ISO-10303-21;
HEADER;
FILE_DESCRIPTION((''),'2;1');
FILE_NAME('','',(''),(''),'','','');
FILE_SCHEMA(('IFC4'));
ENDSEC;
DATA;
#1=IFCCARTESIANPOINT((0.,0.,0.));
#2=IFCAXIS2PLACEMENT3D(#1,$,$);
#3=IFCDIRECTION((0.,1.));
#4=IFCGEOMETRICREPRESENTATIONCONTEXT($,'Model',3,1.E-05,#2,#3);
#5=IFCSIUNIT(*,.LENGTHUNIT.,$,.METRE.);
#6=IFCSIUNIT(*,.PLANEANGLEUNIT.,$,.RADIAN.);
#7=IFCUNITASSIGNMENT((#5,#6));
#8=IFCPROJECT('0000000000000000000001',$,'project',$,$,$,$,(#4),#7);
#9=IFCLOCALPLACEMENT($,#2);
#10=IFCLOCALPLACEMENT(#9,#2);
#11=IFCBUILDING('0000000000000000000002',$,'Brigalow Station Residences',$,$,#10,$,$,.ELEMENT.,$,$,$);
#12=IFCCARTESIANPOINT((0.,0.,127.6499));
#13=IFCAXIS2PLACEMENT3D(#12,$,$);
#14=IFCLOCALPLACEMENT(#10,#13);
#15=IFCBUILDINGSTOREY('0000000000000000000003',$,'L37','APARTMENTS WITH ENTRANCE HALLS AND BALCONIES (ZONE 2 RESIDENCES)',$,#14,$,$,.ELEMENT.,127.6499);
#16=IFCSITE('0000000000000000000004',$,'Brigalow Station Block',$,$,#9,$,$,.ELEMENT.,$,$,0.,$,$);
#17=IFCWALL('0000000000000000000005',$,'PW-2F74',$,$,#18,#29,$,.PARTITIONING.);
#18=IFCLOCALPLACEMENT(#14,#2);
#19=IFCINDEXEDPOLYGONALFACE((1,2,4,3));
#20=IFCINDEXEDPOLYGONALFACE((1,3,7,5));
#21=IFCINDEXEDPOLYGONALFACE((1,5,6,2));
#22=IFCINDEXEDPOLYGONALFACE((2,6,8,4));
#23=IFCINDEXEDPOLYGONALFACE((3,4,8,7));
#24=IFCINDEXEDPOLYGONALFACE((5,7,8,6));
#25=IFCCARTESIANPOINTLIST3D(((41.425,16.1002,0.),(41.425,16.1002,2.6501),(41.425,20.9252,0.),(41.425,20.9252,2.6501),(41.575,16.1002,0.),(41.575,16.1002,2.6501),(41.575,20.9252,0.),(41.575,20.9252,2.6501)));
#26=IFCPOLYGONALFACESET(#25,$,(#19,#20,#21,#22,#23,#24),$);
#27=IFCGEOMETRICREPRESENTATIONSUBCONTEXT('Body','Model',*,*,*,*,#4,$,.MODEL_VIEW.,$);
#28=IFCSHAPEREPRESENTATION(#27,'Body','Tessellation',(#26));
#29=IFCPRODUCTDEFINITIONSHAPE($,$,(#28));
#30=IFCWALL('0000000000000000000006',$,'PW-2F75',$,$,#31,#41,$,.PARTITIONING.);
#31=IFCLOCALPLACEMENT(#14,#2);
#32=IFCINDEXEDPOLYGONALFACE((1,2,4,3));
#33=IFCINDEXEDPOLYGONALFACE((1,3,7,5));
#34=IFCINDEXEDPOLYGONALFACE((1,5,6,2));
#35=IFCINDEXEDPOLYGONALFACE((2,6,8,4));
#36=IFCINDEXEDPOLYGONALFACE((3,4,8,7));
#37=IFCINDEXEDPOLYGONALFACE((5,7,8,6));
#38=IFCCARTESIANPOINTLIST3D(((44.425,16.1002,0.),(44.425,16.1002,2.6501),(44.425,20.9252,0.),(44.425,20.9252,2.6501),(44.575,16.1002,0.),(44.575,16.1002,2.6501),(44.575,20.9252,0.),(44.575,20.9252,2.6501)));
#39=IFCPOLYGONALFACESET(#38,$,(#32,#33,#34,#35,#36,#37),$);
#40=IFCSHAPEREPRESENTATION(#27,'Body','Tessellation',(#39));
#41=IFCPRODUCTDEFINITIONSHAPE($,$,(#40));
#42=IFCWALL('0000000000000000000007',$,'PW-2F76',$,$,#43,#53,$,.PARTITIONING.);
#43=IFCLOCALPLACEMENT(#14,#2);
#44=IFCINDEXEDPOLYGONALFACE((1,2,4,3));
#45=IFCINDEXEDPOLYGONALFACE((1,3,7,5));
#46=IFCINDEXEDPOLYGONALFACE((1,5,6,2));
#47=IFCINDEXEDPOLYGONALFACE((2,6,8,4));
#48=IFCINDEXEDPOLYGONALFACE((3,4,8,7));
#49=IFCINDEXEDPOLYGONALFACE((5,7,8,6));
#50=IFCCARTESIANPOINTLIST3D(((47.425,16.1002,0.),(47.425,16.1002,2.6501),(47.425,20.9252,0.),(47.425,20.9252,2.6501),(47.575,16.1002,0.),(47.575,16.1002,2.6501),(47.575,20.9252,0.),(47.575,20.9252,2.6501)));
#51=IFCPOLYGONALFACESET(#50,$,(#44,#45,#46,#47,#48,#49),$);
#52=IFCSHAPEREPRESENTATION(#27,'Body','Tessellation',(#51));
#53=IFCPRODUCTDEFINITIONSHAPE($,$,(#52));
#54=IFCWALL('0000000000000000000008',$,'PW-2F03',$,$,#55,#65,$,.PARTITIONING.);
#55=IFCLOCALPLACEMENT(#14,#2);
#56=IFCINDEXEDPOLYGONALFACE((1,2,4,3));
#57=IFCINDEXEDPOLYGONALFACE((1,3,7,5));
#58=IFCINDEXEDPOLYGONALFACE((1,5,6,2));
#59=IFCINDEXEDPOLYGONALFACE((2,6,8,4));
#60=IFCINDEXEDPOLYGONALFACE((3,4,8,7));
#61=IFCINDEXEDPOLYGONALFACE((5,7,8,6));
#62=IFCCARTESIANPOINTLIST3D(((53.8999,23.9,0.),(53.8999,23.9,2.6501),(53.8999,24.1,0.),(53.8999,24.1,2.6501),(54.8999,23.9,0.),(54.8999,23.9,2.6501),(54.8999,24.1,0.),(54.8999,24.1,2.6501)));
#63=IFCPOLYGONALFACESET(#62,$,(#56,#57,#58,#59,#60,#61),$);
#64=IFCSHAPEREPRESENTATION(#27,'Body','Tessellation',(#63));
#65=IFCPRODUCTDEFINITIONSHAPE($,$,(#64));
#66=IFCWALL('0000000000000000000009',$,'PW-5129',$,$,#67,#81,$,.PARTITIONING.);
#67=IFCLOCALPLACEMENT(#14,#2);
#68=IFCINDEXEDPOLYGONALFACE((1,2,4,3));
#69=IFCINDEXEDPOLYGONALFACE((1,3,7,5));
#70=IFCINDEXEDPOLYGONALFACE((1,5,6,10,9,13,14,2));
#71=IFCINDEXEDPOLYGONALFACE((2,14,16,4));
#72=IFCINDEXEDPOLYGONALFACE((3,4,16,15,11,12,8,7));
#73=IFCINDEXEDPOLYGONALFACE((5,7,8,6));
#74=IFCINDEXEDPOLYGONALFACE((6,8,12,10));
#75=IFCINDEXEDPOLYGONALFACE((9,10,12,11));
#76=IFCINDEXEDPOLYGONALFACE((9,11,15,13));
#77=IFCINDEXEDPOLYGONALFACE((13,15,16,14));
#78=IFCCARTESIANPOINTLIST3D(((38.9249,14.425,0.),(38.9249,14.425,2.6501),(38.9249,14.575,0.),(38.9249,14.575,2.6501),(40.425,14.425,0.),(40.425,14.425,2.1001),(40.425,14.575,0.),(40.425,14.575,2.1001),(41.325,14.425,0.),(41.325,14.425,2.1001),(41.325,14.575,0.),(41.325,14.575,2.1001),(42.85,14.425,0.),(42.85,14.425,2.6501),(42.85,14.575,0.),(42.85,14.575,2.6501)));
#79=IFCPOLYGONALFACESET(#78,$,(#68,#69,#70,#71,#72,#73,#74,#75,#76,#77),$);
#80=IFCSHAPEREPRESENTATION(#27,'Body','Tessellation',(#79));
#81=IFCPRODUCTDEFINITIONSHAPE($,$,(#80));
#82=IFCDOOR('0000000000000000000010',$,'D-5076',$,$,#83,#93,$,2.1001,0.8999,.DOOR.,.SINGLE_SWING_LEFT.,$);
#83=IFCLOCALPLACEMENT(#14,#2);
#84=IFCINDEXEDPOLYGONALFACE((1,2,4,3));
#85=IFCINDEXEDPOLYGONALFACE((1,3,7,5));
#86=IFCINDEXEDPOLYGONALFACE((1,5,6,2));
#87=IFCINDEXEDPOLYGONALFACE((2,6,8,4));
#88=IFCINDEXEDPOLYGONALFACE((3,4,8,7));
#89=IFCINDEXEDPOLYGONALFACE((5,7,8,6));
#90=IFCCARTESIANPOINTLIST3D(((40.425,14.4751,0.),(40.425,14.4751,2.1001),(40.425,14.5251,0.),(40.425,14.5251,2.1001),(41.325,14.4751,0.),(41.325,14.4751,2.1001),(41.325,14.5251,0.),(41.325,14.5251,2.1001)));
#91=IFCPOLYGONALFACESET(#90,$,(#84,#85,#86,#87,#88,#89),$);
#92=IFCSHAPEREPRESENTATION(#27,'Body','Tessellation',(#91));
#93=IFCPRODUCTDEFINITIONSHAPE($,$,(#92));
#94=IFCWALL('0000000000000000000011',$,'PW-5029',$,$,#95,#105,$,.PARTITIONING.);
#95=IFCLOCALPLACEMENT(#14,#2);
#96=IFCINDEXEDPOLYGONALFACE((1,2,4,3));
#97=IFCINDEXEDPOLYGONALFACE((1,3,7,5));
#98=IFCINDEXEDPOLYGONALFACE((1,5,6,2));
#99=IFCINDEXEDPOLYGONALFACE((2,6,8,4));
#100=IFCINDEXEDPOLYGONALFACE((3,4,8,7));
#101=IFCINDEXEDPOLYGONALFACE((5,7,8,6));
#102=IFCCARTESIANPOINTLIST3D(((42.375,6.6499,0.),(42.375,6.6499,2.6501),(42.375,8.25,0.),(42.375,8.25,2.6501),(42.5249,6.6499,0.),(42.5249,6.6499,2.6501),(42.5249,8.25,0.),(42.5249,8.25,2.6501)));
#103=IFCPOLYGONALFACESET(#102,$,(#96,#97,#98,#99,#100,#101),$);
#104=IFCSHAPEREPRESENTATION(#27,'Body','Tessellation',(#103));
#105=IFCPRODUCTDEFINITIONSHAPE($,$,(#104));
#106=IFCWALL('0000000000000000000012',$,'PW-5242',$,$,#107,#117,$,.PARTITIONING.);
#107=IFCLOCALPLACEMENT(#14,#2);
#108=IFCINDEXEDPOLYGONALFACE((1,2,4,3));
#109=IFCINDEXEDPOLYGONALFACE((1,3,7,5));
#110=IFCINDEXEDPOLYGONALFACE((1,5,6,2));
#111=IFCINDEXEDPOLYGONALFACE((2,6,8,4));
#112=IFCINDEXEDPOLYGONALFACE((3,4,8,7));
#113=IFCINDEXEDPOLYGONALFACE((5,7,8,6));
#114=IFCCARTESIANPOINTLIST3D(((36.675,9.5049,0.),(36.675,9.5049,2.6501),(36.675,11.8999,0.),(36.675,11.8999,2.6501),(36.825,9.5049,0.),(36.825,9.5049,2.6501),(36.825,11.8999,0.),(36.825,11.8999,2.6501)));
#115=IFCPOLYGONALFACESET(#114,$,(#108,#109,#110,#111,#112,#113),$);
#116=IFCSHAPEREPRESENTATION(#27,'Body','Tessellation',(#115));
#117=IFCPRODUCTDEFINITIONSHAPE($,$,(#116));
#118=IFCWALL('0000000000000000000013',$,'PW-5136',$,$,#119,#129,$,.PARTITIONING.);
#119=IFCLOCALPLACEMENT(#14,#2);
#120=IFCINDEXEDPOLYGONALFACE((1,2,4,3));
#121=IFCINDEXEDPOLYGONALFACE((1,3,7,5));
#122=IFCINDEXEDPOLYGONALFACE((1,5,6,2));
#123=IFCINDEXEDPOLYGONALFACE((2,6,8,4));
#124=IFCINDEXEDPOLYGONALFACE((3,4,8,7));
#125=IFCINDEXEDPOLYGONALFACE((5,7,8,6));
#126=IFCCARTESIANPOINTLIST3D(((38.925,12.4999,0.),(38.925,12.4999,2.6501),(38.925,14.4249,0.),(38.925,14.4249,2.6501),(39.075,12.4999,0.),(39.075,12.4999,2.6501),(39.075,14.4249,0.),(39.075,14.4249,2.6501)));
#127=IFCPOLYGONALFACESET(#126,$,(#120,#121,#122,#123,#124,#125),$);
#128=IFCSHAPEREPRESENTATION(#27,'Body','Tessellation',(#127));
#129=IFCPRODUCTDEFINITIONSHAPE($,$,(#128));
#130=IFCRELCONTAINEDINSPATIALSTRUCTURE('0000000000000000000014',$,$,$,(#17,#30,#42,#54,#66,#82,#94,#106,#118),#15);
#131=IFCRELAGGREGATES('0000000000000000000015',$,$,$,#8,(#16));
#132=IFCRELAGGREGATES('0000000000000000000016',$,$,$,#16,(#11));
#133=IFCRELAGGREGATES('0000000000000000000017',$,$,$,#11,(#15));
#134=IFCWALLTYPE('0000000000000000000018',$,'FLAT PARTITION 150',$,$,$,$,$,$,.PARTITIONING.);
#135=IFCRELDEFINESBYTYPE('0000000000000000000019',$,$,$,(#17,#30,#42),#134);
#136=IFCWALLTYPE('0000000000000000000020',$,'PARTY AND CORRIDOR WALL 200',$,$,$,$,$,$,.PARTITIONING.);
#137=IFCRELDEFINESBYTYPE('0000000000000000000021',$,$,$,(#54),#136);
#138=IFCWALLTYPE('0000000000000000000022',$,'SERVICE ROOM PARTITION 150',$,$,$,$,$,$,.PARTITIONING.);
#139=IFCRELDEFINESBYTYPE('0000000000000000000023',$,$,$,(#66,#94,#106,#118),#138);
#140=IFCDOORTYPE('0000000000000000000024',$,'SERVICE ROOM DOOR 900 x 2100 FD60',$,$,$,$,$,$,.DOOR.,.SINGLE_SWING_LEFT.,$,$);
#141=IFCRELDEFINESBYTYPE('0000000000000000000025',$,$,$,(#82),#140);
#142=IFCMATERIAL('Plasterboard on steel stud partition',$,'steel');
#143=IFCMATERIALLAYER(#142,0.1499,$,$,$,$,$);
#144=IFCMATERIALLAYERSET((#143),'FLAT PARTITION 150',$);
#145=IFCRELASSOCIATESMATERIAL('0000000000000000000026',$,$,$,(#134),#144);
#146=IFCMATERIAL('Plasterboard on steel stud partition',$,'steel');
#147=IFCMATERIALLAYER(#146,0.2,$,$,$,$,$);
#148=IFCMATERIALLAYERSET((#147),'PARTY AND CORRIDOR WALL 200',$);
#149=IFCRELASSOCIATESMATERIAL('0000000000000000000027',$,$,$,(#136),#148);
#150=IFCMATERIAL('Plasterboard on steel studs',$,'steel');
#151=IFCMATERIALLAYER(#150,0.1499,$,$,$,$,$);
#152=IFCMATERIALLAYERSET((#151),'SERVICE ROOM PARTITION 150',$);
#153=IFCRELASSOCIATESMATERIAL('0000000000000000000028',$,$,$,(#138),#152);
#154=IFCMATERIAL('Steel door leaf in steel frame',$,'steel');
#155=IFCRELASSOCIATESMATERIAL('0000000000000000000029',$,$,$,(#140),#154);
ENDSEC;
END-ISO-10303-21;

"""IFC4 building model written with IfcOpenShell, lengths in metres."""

from ifc_helpers import new_model, si_unit, direction, frame, frame_2d, origin, place, context, subcontext, project, spatial, rectangle, extrude, material, layer, layer_set, type_object, element, fill, save


model = new_model("IFC4")

# Units and contexts
model_context = context("Model", 3, precision=1e-05, world=origin(), true_north=direction((0.0, 1.0)))
body_context = subcontext(model_context, "Body", "Model", "MODEL_VIEW")
ifc_project = project(units=[si_unit("LENGTHUNIT", "METRE"), si_unit("PLANEANGLEUNIT", "RADIAN")], contexts=[model_context])

# Site, building, storey
site_placement = place(None, origin())
site = spatial("IfcSite", under=ifc_project, at=site_placement, Name="Brigalow Station Block", CompositionType="ELEMENT", RefElevation=0.0)
building_placement = place(site_placement, origin())
building = spatial("IfcBuilding", under=site, at=building_placement, Name="Brigalow Station Residences", CompositionType="ELEMENT")
storey_placement = place(building_placement, frame((0.0, 0.0, 127.6499)))
storey = spatial("IfcBuildingStorey", under=building, at=storey_placement, Name="L37", Description="APARTMENTS WITH ENTRANCE HALLS AND BALCONIES (ZONE 2 RESIDENCES)", CompositionType="ELEMENT", Elevation=127.6499)

# Shared definitions
ifc_material_1 = material(Name="Plasterboard on steel stud partition", Category="steel")
ifc_layer_1 = layer(ifc_material_1, 0.1499)
ifc_layer_set_1 = layer_set([ifc_layer_1], Name="FLAT PARTITION 150")
wall_type_1 = type_object("IfcWallType", Name="FLAT PARTITION 150", PredefinedType="PARTITIONING", material=ifc_layer_set_1)

# Walls
for number, where, z_axis, x_axis, name in (
    (1, (41.5, 16.1001, 0.0), (0.0, 0.0, 1.0), (0.0, 1.0, 0.0), "PW-2F74"),
    (2, (44.5, 16.1001, 0.0), (0.0, 0.0, 1.0), (0.0, 1.0, 0.0), "PW-2F75"),
    (3, (47.5, 16.1001, 0.0), (0.0, 0.0, 1.0), (0.0, 1.0, 0.0), "PW-2F76"),
):
    element("IfcWall", number, at=place(storey_placement, frame(where, z_axis=z_axis, x_axis=x_axis)), inside=storey, type_object=wall_type_1, Name=name, PredefinedType="PARTITIONING", context=body_context, shape_type="SweptSolid", body=[
        extrude(rectangle(XDim=4.825, YDim=0.1499, at=frame_2d((2.4126, 0.0))), origin(), (0.0, 0.0, 1.0), 2.6501),
    ])
ifc_material_2 = material(Name="Plasterboard on steel stud partition", Category="steel")
ifc_layer_2 = layer(ifc_material_2, 0.2)
ifc_layer_set_2 = layer_set([ifc_layer_2], Name="PARTY AND CORRIDOR WALL 200")
wall_type_2 = type_object("IfcWallType", Name="PARTY AND CORRIDOR WALL 200", PredefinedType="PARTITIONING", material=ifc_layer_set_2)
wall_1_placement = place(storey_placement, frame((53.8999, 24.0, 0.0), z_axis=(0.0, 0.0, 1.0), x_axis=(1.0, 0.0, 0.0)))
element("IfcWall", 4, at=wall_1_placement, inside=storey, type_object=wall_type_2, Name="PW-2F03", PredefinedType="PARTITIONING", context=body_context, shape_type="SweptSolid", body=[
    extrude(rectangle(XDim=1.0, YDim=0.2, at=frame_2d((0.5, 0.0))), origin(), (0.0, 0.0, 1.0), 2.6501),
])

# Wall, opening, door
ifc_material_3 = material(Name="Plasterboard on steel studs", Category="steel")
ifc_layer_3 = layer(ifc_material_3, 0.1499)
ifc_layer_set_3 = layer_set([ifc_layer_3], Name="SERVICE ROOM PARTITION 150")
wall_type_3 = type_object("IfcWallType", Name="SERVICE ROOM PARTITION 150", PredefinedType="PARTITIONING", material=ifc_layer_set_3)
wall_2_placement = place(storey_placement, frame((38.925, 14.5, 0.0), z_axis=(0.0, 0.0, 1.0), x_axis=(1.0, 0.0, 0.0)))
wall_2 = element("IfcWall", 5, at=wall_2_placement, inside=storey, type_object=wall_type_3, Name="PW-5129", PredefinedType="PARTITIONING", context=body_context, shape_type="SweptSolid", body=[
    extrude(rectangle(XDim=3.925, YDim=0.1499, at=frame_2d((1.9624, 0.0))), origin(), (0.0, 0.0, 1.0), 2.6501),
])
opening_1_placement = place(wall_2_placement, frame((1.5, 0.0, 0.0)))
opening_1 = element("IfcOpeningElement", 6, at=opening_1_placement, cuts=wall_2, PredefinedType="OPENING", context=body_context, shape_type="SweptSolid", body=[
    extrude(rectangle(XDim=0.8999, YDim=2.1001, at=frame_2d((0.45, 1.05))), frame((0.0, 0.085, 0.0), z_axis=(0.0, -1.0, 0.0), x_axis=(1.0, 0.0, 0.0)), (0.0, 0.0, 1.0), 0.1699),
])
ifc_material_4 = material(Name="Steel door leaf in steel frame", Category="steel")
door_type_1 = type_object("IfcDoorType", Name="SERVICE ROOM DOOR 900 x 2100 FD60", OperationType="SINGLE_SWING_LEFT", PredefinedType="DOOR", material=ifc_material_4)
door_1_placement = place(opening_1_placement, frame((0.8999, 0.0, 0.0), z_axis=(0.0, 0.0, 1.0), x_axis=(-1.0, 0.0, 0.0)))
door_1 = element("IfcDoor", 7, at=door_1_placement, inside=storey, type_object=door_type_1, Name="D-5076", OperationType="SINGLE_SWING_LEFT", OverallHeight=2.1001, OverallWidth=0.8999, PredefinedType="DOOR", context=body_context, shape_type="SweptSolid", body=[
    extrude(rectangle(XDim=0.8999, YDim=2.1001, at=frame_2d((0.45, 1.05))), frame((0.0, 0.0249, 0.0), z_axis=(0.0, -1.0, 0.0), x_axis=(1.0, 0.0, 0.0)), (0.0, 0.0, 1.0), 0.05),
])
fill(opening_1, door_1)

# Walls
wall_3_placement = place(storey_placement, frame((42.45, 6.6499, 0.0), z_axis=(0.0, 0.0, 1.0), x_axis=(0.0, 1.0, 0.0)))
element("IfcWall", 8, at=wall_3_placement, inside=storey, type_object=wall_type_3, Name="PW-5029", PredefinedType="PARTITIONING", context=body_context, shape_type="SweptSolid", body=[
    extrude(rectangle(XDim=1.6001, YDim=0.1499, at=frame_2d((0.8, 0.0))), origin(), (0.0, 0.0, 1.0), 2.6501),
])
wall_4_placement = place(storey_placement, frame((36.75, 9.5049, 0.0), z_axis=(0.0, 0.0, 1.0), x_axis=(0.0, 1.0, 0.0)))
element("IfcWall", 9, at=wall_4_placement, inside=storey, type_object=wall_type_3, Name="PW-5242", PredefinedType="PARTITIONING", context=body_context, shape_type="SweptSolid", body=[
    extrude(rectangle(XDim=2.395, YDim=0.1499, at=frame_2d((1.1975, 0.0))), origin(), (0.0, 0.0, 1.0), 2.6501),
])
wall_5_placement = place(storey_placement, frame((39.0, 12.5, 0.0), z_axis=(0.0, 0.0, 1.0), x_axis=(0.0, 1.0, 0.0)))
element("IfcWall", 10, at=wall_5_placement, inside=storey, type_object=wall_type_3, Name="PW-5136", PredefinedType="PARTITIONING", context=body_context, shape_type="SweptSolid", body=[
    extrude(rectangle(XDim=1.925, YDim=0.1499, at=frame_2d((0.9624, 0.0))), origin(), (0.0, 0.0, 1.0), 2.6501),
])

save(model, "model.ifc")
